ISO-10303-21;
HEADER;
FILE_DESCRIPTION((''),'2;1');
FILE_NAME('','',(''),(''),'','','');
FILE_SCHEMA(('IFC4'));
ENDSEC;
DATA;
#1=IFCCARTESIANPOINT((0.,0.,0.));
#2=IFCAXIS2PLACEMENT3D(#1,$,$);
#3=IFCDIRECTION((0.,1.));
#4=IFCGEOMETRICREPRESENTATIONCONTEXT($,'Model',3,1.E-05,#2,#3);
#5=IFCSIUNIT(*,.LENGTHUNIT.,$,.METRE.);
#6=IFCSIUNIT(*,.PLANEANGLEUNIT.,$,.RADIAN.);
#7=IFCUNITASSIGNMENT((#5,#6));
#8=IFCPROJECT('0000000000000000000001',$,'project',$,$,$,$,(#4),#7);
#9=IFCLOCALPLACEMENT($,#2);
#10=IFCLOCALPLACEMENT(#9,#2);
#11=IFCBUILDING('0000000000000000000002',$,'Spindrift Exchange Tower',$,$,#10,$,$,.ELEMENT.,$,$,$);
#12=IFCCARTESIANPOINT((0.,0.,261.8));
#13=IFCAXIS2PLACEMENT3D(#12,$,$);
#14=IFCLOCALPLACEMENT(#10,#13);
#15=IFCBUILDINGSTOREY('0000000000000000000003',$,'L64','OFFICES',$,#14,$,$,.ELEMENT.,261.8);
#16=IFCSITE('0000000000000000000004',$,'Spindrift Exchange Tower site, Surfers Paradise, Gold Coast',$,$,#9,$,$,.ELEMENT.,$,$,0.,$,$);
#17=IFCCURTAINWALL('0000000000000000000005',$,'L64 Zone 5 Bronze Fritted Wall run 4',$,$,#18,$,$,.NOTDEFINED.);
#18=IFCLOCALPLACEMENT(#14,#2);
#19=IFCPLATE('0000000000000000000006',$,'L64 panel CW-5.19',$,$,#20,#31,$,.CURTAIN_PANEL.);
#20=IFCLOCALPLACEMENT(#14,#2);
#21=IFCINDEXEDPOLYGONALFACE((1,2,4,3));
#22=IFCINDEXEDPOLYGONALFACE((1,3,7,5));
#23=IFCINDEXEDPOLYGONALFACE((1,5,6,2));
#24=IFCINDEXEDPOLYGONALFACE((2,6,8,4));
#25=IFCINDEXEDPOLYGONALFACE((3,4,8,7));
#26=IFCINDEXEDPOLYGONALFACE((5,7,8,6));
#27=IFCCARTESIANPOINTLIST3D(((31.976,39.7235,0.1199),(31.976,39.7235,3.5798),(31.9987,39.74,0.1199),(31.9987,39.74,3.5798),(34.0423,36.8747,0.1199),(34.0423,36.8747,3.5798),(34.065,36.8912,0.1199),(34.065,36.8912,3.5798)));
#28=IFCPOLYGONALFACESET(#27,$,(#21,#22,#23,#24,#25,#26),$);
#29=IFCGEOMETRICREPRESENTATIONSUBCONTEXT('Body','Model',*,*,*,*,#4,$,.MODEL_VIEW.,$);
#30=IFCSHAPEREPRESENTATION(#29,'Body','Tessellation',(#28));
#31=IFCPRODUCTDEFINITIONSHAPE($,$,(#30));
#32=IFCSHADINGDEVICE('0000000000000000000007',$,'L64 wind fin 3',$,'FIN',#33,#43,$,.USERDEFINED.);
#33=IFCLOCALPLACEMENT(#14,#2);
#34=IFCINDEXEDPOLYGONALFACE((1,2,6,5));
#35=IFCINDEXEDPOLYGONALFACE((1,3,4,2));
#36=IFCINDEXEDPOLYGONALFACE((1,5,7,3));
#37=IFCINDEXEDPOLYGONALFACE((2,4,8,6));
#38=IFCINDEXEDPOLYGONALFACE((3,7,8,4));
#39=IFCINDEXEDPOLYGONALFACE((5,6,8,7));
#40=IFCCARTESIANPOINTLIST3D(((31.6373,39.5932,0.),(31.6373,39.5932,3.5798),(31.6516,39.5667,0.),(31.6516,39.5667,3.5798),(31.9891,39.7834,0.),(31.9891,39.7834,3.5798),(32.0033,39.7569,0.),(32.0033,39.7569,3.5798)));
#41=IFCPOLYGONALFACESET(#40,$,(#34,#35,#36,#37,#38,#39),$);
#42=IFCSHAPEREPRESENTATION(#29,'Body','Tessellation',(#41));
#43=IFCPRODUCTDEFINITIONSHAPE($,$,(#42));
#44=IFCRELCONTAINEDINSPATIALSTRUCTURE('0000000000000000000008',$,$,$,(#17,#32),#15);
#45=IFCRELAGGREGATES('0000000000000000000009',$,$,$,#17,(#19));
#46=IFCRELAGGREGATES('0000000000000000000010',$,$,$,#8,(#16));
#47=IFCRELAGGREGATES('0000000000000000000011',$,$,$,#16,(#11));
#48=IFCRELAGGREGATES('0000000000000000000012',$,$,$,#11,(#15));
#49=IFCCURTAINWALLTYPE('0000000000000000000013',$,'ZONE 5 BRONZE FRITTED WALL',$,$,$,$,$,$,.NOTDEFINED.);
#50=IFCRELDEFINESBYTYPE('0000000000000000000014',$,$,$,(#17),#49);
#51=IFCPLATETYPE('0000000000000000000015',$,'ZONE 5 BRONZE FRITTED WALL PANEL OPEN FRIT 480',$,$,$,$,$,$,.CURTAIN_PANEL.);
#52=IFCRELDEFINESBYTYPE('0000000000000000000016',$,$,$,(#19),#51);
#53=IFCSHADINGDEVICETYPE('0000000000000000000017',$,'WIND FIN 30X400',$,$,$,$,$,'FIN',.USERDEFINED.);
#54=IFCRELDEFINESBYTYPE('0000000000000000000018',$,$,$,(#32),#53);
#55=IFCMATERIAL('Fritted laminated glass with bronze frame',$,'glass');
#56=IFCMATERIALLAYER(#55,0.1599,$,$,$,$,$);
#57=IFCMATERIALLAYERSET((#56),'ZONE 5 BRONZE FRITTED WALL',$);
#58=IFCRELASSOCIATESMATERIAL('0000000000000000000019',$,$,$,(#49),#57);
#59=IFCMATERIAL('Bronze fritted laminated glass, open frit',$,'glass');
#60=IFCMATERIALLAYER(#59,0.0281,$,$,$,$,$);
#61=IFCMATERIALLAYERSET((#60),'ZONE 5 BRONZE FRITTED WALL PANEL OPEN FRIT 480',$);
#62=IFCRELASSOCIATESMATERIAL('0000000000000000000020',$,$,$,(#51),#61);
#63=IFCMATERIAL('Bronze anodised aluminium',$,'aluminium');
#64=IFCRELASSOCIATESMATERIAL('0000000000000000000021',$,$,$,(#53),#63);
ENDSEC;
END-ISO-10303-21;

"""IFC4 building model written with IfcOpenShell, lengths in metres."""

from ifc_helpers import new_model, si_unit, direction, frame, origin, origin_2d, place, context, subcontext, project, spatial, rectangle, extrude, source, transform, mapped, material, layer, layer_set, material_profile, profile_set, type_object, element, aggregate, save


model = new_model("IFC4")

# Units and contexts
model_context = context("Model", 3, precision=1e-05, world=origin(), true_north=direction((0.0, 1.0)))
body_context = subcontext(model_context, "Body", "Model", "MODEL_VIEW")
ifc_project = project(units=[si_unit("LENGTHUNIT", "METRE"), si_unit("PLANEANGLEUNIT", "RADIAN")], contexts=[model_context])

# Site, building, storey
site_placement = place(None, origin())
site = spatial("IfcSite", under=ifc_project, at=site_placement, Name="Spindrift Exchange Tower site, Surfers Paradise, Gold Coast", CompositionType="ELEMENT", RefElevation=0.0)
building_placement = place(site_placement, origin())
building = spatial("IfcBuilding", under=site, at=building_placement, Name="Spindrift Exchange Tower", CompositionType="ELEMENT")
storey_placement = place(building_placement, frame((0.0, 0.0, 261.8)))
storey = spatial("IfcBuildingStorey", under=building, at=storey_placement, Name="L64", Description="OFFICES", CompositionType="ELEMENT", Elevation=261.8)

# Curtain wall
ifc_material_1 = material(Name="Fritted laminated glass with bronze frame", Category="glass")
ifc_layer_1 = layer(ifc_material_1, 0.1599)
ifc_layer_set_1 = layer_set([ifc_layer_1], Name="ZONE 5 BRONZE FRITTED WALL")
curtain_wall_type = type_object("IfcCurtainWallType", Name="ZONE 5 BRONZE FRITTED WALL", PredefinedType="NOTDEFINED", material=ifc_layer_set_1)
curtain_wall_placement = place(storey_placement, origin())
curtain_wall = element("IfcCurtainWall", 1, at=curtain_wall_placement, inside=storey, type_object=curtain_wall_type, Name="L64 Zone 5 Bronze Fritted Wall run 4", PredefinedType="NOTDEFINED")
ifc_material_2 = material(Name="Bronze anodised aluminium", Category="aluminium")

# Plate
ifc_material_3 = material(Name="Bronze fritted laminated glass, open frit", Category="glass")
ifc_layer_2 = layer(ifc_material_3, 0.0281)
ifc_layer_set_2 = layer_set([ifc_layer_2], Name="ZONE 5 BRONZE FRITTED WALL PANEL OPEN FRIT 480")
plate_type_1 = type_object("IfcPlateType", Name="ZONE 5 BRONZE FRITTED WALL PANEL OPEN FRIT 480", PredefinedType="CURTAIN_PANEL", material=ifc_layer_set_2)
shared_shape_1 = source(origin(), body_context, "Body", "SweptSolid", [
    extrude(rectangle(XDim=3.5193, YDim=0.0281, at=origin_2d()), origin(), (0.0, 0.0, 1.0), 3.46),
])
plate_1_placement = place(storey_placement, frame((33.0205, 38.3074, 0.1199), z_axis=(0.0, 0.0, 1.0), x_axis=(0.58713, -0.809493, 0.0)))
plate_1 = element("IfcPlate", 2, at=plate_1_placement, type_object=plate_type_1, Name="L64 panel CW-5.19", PredefinedType="CURTAIN_PANEL", context=body_context, shape_type="MappedRepresentation", body=[
    mapped(shared_shape_1, transform((0.0, 0.0, 0.0), scale=1.0)),
])
aggregate(curtain_wall, [plate_1])

# Shading device
ifc_material_profile_1 = material_profile(ifc_material_2, rectangle(XDim=0.03, YDim=0.3999, at=origin_2d()), Name="WIND FIN 30X400")
ifc_profile_set_1 = profile_set([ifc_material_profile_1], Name="Bronze anodised aluminium")
shading_device_type = type_object("IfcShadingDeviceType", Name="WIND FIN 30X400", ElementType="FIN", PredefinedType="USERDEFINED", material=ifc_profile_set_1)
shared_shape_2 = source(origin(), body_context, "Body", "SweptSolid", [
    extrude(rectangle(XDim=0.03, YDim=0.3999, at=origin_2d()), origin(), (0.0, 0.0, 1.0), 3.5798),
])
shading_device_placement = place(storey_placement, frame((31.8203, 39.675, 0.0), z_axis=(0.0, 0.0, 1.0), x_axis=(0.475592, -0.879666, 0.0)))
element("IfcShadingDevice", 3, at=shading_device_placement, inside=storey, type_object=shading_device_type, Name="L64 wind fin 3", ObjectType="FIN", PredefinedType="USERDEFINED", context=body_context, shape_type="MappedRepresentation", body=[
    mapped(shared_shape_2, transform((0.0, 0.0, 0.0), scale=1.0)),
])

save(model, "model.ifc")
